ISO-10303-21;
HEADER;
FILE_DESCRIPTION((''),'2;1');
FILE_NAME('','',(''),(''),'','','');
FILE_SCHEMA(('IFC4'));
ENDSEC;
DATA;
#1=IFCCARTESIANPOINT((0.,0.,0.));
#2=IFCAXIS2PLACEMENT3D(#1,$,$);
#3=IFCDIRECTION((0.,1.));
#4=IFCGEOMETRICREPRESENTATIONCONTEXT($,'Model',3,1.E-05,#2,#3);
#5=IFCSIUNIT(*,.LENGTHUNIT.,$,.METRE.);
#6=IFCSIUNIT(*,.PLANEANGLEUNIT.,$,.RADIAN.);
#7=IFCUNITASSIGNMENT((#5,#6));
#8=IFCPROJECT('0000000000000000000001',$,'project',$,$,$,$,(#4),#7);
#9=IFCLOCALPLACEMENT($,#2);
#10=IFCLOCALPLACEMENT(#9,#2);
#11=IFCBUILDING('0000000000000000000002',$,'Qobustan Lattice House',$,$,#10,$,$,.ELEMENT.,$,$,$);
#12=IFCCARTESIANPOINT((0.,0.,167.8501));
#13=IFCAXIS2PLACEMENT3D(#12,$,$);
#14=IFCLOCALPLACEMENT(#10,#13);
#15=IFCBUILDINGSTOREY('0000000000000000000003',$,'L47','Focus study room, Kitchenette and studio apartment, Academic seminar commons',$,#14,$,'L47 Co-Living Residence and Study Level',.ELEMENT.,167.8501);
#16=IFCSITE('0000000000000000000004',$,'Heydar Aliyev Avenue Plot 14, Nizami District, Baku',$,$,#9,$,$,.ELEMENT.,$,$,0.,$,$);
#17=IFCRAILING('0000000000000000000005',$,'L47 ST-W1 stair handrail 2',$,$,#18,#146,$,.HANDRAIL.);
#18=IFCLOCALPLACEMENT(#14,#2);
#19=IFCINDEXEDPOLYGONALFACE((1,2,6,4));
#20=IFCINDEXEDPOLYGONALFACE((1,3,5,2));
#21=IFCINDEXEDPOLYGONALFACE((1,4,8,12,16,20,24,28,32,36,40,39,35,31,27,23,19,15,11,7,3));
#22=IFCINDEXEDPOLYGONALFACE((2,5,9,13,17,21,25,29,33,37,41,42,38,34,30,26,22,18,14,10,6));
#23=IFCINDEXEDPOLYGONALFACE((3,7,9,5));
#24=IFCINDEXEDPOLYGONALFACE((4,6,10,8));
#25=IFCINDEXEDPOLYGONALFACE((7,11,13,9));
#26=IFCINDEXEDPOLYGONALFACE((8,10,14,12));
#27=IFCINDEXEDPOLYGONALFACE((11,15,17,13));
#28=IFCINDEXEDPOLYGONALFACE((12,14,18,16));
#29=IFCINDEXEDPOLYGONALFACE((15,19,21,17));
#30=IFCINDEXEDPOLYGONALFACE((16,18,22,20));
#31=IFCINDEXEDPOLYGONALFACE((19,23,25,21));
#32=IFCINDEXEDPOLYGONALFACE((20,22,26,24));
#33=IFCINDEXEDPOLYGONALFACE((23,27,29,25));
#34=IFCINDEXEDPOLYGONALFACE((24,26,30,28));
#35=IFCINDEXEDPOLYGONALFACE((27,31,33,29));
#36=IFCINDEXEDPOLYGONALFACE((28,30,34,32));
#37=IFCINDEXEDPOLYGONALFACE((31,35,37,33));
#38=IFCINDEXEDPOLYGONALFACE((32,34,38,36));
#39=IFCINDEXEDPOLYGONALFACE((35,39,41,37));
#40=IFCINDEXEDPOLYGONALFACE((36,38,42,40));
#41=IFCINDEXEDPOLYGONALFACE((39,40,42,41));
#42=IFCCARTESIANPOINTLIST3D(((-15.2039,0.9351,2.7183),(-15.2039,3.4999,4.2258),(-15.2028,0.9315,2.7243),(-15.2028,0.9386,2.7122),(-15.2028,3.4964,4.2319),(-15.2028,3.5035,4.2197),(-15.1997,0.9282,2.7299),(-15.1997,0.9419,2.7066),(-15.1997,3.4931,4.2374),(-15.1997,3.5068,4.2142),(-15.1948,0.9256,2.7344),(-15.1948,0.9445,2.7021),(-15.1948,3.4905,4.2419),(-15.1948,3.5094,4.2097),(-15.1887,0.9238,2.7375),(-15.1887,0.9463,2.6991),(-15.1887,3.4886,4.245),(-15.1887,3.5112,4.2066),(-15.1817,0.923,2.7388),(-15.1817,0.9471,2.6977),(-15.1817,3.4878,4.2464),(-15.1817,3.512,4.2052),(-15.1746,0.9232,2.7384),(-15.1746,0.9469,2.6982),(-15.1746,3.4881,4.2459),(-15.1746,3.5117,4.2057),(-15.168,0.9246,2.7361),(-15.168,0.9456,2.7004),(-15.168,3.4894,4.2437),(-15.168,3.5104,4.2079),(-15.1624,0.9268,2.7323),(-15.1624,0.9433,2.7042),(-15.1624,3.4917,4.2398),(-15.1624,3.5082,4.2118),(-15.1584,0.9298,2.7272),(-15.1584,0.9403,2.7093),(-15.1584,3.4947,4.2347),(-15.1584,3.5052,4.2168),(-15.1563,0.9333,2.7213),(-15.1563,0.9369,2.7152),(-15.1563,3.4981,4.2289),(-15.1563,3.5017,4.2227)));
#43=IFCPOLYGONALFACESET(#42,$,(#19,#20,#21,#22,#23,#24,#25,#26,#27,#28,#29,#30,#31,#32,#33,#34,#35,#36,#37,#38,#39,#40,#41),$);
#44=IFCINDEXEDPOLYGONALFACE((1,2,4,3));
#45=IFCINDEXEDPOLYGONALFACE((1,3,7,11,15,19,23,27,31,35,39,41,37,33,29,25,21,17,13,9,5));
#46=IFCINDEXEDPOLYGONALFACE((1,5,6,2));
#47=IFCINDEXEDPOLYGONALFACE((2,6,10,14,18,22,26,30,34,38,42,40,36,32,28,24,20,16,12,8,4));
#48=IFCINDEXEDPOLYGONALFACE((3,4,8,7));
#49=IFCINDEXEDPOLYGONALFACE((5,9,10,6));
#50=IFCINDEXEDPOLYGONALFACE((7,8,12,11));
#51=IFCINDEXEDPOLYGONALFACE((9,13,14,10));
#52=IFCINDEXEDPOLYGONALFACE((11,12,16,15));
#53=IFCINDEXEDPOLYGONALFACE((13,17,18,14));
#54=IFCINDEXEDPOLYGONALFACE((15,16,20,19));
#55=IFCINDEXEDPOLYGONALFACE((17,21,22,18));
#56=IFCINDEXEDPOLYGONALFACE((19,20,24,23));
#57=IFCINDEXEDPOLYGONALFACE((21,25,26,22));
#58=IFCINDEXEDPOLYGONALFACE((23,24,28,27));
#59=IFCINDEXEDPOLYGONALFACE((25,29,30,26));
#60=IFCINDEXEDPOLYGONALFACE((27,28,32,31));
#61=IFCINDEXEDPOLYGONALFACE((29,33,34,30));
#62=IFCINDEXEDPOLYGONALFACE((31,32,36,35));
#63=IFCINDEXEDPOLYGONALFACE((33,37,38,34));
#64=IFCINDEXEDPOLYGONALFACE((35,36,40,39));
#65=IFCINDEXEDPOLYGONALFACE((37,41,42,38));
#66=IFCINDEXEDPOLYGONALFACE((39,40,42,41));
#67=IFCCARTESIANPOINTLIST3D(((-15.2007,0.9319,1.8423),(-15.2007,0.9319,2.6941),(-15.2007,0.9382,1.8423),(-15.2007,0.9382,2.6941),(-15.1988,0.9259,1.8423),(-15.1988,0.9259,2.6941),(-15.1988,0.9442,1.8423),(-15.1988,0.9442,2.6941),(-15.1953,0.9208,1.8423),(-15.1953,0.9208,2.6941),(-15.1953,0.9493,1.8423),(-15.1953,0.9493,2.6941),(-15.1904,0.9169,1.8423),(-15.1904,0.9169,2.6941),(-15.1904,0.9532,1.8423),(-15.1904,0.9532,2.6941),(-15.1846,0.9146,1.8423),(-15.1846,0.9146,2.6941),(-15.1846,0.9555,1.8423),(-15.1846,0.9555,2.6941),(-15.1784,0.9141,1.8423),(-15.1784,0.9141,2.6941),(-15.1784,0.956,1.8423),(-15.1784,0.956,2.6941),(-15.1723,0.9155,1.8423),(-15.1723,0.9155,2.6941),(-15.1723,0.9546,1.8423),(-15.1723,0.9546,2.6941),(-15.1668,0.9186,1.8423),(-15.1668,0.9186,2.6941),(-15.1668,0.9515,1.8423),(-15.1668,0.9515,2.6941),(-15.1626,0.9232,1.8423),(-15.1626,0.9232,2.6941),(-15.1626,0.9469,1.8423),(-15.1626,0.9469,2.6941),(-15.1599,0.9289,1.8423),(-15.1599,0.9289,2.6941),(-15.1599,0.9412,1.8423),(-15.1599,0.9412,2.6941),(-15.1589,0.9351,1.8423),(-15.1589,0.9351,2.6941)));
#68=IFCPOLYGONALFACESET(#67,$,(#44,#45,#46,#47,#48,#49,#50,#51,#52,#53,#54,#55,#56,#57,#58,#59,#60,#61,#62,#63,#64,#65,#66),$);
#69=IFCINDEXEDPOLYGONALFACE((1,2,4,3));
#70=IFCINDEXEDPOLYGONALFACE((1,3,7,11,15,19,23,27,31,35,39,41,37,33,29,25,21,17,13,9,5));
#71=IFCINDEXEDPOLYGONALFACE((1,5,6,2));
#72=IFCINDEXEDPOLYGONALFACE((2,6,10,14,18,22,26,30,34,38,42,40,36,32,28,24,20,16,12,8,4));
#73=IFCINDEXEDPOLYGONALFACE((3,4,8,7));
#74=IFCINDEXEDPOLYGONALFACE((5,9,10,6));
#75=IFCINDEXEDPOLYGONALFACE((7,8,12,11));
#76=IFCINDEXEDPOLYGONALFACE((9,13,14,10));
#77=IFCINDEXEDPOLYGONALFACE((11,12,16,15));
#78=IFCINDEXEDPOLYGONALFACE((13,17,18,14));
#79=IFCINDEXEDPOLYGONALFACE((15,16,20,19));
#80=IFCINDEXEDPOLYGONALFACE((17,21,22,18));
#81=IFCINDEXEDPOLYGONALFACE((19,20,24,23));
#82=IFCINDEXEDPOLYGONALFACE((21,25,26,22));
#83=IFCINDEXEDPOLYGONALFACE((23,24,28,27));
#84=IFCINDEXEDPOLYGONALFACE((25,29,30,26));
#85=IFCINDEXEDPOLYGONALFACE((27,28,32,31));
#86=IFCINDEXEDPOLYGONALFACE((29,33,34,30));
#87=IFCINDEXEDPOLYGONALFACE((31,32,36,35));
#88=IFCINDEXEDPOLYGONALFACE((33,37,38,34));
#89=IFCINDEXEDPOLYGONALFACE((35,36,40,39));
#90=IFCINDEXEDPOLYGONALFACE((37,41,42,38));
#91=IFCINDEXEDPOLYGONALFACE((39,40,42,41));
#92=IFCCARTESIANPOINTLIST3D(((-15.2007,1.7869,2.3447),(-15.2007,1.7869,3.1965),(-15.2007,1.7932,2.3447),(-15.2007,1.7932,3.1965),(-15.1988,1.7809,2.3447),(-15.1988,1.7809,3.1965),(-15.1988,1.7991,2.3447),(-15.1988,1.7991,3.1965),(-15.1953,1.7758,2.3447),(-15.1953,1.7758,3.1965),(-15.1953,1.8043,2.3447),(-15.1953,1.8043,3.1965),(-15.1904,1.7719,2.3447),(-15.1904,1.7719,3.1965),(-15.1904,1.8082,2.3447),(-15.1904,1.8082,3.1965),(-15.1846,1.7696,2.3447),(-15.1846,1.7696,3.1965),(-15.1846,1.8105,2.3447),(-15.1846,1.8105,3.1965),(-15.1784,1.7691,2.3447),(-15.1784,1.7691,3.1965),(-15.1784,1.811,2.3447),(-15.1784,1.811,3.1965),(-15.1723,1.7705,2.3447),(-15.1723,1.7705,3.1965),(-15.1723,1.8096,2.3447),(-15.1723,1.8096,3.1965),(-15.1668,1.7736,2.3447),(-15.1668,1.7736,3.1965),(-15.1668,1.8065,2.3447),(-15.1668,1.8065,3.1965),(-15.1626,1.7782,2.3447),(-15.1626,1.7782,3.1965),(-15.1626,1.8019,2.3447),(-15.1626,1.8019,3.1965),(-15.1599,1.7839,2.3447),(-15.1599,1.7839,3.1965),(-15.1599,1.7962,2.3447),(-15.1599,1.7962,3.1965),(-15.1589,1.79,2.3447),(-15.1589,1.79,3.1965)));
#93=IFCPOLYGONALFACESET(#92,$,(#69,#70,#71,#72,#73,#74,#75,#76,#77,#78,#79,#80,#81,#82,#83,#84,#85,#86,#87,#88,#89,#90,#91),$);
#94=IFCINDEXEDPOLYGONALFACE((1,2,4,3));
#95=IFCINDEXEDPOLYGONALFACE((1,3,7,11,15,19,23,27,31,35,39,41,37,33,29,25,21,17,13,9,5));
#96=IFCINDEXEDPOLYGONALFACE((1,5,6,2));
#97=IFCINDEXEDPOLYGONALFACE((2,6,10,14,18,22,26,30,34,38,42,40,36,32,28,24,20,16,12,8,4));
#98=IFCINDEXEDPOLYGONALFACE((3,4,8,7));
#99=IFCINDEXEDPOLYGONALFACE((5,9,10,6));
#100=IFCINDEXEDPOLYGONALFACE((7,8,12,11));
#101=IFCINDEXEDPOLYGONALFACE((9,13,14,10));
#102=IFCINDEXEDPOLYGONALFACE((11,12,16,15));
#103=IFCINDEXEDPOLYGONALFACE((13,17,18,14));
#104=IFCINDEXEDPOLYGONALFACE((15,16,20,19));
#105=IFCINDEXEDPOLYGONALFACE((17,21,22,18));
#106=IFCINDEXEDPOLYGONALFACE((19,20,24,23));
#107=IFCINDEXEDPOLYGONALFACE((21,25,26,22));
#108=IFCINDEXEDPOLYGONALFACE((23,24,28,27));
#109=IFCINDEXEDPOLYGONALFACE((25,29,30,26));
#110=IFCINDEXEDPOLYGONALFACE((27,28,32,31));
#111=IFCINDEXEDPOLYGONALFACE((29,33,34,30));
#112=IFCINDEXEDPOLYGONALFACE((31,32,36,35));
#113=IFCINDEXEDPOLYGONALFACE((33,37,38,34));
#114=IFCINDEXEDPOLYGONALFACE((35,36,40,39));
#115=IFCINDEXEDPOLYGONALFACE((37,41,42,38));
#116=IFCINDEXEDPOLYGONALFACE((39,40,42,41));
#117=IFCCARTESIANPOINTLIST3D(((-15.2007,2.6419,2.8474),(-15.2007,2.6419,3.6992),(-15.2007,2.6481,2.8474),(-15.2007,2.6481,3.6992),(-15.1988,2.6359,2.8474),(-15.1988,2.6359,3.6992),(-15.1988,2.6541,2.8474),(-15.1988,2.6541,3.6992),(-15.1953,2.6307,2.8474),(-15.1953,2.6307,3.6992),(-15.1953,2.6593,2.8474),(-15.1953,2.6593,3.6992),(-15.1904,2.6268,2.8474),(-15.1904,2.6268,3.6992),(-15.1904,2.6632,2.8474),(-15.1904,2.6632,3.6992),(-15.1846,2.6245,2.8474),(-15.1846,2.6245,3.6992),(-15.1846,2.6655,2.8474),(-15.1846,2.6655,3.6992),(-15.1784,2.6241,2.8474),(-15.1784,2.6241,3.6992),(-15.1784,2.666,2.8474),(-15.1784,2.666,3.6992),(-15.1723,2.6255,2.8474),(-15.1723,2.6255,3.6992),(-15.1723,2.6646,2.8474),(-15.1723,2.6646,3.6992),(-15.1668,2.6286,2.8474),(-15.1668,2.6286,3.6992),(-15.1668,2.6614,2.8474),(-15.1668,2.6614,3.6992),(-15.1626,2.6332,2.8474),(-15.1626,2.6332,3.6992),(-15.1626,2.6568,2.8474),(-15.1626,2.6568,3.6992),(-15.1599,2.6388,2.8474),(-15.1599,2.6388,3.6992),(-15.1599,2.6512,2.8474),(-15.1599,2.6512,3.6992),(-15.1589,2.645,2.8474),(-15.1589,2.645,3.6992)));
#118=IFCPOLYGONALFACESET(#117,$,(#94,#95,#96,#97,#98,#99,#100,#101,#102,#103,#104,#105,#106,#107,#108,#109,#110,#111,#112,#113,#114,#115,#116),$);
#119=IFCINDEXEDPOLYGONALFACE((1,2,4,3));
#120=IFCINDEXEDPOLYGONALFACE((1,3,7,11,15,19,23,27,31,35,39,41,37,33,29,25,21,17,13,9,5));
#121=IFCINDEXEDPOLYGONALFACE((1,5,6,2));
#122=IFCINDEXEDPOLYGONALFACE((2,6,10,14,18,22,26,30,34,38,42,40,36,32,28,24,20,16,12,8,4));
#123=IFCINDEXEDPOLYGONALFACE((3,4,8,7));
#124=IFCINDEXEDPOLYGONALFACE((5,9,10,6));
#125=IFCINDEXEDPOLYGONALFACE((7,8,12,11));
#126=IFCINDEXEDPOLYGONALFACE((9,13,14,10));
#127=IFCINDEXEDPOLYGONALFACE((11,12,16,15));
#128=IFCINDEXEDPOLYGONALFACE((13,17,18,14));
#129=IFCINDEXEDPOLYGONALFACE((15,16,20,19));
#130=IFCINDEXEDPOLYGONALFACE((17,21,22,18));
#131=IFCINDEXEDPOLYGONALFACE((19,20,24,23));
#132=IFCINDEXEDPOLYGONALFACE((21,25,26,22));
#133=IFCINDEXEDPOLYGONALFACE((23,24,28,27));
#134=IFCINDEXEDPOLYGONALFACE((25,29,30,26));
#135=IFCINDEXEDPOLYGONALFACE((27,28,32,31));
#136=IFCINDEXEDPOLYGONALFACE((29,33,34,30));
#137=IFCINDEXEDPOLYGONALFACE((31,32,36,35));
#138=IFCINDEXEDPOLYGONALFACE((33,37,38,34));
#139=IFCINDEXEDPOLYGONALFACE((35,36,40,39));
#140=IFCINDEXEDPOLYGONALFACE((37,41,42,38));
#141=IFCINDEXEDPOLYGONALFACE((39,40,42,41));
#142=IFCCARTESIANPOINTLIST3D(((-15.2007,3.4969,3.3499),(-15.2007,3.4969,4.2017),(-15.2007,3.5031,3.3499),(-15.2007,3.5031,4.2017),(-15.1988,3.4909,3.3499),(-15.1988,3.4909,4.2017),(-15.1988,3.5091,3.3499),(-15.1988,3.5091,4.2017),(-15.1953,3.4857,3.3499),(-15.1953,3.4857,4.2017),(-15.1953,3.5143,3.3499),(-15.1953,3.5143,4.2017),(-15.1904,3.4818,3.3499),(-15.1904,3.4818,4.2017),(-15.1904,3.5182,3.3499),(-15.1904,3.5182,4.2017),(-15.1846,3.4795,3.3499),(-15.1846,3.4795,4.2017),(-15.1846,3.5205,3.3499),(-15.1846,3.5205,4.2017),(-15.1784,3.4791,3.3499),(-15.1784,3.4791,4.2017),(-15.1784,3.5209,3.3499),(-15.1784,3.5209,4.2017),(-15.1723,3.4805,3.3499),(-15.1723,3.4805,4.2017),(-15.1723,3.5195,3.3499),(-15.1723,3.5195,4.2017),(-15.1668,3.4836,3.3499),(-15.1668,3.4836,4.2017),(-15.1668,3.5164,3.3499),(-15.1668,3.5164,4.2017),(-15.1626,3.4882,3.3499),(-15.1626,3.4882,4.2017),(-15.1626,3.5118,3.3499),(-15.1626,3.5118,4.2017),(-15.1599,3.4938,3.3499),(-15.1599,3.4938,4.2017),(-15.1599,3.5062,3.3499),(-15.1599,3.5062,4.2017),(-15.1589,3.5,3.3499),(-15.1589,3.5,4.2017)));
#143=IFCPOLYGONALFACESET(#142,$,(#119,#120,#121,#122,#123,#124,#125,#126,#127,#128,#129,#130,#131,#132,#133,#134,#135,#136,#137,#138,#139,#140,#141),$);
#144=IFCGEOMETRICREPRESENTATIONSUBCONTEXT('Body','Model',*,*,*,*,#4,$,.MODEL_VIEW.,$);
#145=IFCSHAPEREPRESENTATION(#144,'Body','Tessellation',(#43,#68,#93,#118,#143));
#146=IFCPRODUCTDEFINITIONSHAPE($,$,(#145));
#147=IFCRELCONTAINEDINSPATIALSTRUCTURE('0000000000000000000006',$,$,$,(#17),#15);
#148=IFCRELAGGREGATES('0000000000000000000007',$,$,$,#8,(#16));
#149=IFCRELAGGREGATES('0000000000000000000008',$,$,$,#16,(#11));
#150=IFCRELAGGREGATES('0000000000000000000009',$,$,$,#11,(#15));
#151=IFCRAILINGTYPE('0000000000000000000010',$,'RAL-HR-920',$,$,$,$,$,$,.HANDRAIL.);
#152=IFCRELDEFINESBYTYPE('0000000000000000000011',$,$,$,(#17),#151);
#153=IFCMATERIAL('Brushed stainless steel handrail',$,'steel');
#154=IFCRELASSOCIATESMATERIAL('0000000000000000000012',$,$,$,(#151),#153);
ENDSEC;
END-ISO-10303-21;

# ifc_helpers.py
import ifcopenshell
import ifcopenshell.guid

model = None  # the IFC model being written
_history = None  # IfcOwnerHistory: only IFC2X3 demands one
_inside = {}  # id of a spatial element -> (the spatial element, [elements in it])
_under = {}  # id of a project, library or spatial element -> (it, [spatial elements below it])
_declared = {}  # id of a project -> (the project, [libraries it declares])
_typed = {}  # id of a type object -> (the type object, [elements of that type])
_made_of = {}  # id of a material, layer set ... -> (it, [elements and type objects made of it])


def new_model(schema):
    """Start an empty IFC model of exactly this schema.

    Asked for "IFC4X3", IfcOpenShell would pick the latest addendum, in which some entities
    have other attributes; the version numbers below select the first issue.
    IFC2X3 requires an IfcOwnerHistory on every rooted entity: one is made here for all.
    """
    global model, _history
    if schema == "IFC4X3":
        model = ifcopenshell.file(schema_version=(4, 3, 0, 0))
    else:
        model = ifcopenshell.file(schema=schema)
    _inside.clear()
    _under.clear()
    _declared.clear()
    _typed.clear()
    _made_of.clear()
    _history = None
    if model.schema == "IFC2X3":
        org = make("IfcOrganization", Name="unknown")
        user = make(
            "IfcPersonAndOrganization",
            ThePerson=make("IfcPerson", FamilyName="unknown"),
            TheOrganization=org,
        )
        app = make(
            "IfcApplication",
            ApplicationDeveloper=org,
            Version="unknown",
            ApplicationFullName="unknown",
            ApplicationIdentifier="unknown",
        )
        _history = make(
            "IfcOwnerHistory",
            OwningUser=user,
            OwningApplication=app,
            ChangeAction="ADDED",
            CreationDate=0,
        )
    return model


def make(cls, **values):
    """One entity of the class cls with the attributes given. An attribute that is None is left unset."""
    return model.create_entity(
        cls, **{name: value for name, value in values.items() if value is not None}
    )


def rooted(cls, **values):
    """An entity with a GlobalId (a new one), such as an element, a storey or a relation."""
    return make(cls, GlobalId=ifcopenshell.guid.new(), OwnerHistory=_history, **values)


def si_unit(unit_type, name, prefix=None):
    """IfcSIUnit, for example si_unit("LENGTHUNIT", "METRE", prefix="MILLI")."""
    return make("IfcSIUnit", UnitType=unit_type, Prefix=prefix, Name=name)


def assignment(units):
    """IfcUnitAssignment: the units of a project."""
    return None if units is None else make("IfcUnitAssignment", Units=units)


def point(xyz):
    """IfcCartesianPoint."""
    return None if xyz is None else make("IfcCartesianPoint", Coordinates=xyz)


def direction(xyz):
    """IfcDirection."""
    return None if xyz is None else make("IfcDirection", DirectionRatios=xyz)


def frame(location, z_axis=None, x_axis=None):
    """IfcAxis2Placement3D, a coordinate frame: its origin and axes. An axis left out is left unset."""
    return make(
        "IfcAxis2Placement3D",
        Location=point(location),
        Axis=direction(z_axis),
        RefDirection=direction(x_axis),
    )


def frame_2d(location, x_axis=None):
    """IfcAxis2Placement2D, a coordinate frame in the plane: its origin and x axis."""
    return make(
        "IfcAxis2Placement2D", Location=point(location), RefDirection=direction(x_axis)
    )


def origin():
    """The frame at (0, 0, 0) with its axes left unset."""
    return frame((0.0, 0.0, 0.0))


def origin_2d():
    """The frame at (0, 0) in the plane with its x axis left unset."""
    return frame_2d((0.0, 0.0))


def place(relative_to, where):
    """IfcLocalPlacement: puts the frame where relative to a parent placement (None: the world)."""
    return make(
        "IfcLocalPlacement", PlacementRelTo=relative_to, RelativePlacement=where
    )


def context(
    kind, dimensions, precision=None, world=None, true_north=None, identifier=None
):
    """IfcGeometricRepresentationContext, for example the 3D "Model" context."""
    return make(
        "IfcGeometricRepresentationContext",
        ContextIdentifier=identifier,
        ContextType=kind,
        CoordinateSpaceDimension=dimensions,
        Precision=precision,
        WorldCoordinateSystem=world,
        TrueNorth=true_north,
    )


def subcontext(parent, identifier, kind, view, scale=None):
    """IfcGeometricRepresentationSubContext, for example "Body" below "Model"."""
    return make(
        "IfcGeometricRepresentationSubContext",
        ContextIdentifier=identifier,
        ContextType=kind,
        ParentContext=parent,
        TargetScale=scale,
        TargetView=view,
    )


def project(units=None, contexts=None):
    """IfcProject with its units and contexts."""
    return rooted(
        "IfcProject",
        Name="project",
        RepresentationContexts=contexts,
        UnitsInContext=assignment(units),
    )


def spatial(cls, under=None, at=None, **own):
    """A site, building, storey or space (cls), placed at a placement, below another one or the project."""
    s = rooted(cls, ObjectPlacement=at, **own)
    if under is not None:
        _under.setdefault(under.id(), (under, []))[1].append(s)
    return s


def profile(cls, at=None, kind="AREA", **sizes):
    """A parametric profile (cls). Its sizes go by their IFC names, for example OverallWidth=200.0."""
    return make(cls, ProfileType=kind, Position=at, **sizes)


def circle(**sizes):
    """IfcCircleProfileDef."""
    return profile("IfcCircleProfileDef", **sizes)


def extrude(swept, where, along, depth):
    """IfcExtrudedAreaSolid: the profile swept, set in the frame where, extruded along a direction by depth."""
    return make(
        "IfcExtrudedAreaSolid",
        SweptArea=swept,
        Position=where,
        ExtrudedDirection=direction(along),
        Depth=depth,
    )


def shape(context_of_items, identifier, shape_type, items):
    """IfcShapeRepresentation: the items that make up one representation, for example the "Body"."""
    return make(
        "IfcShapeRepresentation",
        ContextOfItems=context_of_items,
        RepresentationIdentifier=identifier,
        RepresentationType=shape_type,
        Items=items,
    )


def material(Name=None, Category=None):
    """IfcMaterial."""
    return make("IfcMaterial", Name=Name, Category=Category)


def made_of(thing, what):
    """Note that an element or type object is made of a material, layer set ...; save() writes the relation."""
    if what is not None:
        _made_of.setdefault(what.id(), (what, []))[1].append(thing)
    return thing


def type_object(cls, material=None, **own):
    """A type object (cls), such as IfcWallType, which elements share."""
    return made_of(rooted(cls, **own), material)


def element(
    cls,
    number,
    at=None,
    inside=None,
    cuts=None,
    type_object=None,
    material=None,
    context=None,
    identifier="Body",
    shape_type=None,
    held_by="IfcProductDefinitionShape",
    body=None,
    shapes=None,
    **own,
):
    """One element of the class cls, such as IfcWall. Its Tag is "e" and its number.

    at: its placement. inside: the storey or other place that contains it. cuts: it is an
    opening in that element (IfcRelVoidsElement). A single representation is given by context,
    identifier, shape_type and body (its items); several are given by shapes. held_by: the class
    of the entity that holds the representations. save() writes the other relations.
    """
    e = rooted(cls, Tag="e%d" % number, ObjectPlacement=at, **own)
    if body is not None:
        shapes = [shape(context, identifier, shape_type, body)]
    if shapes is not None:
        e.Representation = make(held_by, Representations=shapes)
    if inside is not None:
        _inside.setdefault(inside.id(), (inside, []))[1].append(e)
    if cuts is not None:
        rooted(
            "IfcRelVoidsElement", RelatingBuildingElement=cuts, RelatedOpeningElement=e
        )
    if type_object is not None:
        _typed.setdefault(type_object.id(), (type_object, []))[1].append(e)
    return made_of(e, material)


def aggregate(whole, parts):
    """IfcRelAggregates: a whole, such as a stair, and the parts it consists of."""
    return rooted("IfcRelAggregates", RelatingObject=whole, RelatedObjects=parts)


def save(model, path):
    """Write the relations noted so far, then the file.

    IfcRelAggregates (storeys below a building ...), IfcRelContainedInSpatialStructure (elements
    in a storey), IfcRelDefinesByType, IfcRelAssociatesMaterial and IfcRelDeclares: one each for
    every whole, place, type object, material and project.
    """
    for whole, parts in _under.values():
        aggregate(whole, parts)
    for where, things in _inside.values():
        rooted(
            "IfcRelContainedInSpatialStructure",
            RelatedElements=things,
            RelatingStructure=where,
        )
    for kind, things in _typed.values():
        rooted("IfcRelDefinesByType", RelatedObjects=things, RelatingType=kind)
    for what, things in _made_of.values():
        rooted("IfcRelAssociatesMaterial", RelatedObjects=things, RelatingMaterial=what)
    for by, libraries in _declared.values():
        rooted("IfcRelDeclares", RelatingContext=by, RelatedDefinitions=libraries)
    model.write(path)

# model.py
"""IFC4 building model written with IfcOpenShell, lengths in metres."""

from ifc_helpers import new_model, si_unit, direction, frame, origin, origin_2d, place, context, subcontext, project, spatial, circle, extrude, material, type_object, element, save


model = new_model("IFC4")

# Units and contexts
model_context = context("Model", 3, precision=1e-05, world=origin(), true_north=direction((0.0, 1.0)))
body_context = subcontext(model_context, "Body", "Model", "MODEL_VIEW")
ifc_project = project(units=[si_unit("LENGTHUNIT", "METRE"), si_unit("PLANEANGLEUNIT", "RADIAN")], contexts=[model_context])

# Site, building, storey
site_placement = place(None, origin())
site = spatial("IfcSite", under=ifc_project, at=site_placement, Name="Heydar Aliyev Avenue Plot 14, Nizami District, Baku", CompositionType="ELEMENT", RefElevation=0.0)
building_placement = place(site_placement, origin())
building = spatial("IfcBuilding", under=site, at=building_placement, Name="Qobustan Lattice House", CompositionType="ELEMENT")
storey_placement = place(building_placement, frame((0.0, 0.0, 167.8501)))
storey = spatial("IfcBuildingStorey", under=building, at=storey_placement, Name="L47", Description="Focus study room, Kitchenette and studio apartment, Academic seminar commons", LongName="L47 Co-Living Residence and Study Level", CompositionType="ELEMENT", Elevation=167.8501)

# Railing
ifc_material_1 = material(Name="Brushed stainless steel handrail", Category="steel")
railing_type_1 = type_object("IfcRailingType", Name="RAL-HR-920", PredefinedType="HANDRAIL", material=ifc_material_1)
railing_1_placement = place(storey_placement, frame((-15.1799, 0.9351, 1.8423)))
element("IfcRailing", 1, at=railing_1_placement, inside=storey, type_object=railing_type_1, Name="L47 ST-W1 stair handrail 2", PredefinedType="HANDRAIL", context=body_context, shape_type="SweptSolid", body=[
    extrude(circle(Radius=0.0239, at=origin_2d()), frame((0.0, 0.0, 0.876), z_axis=(0.0, 0.862113, 0.506715), x_axis=(-1.0, 0.0, 0.0)), (0.0, 0.0, 1.0), 2.9751),
    extrude(circle(Radius=0.021, at=origin_2d()), origin(), (0.0, 0.0, 1.0), 0.8518),
    extrude(circle(Radius=0.021, at=origin_2d()), frame((0.0, 0.855, 0.5024)), (0.0, 0.0, 1.0), 0.8518),
    extrude(circle(Radius=0.021, at=origin_2d()), frame((0.0, 1.71, 1.0051)), (0.0, 0.0, 1.0), 0.8518),
    extrude(circle(Radius=0.021, at=origin_2d()), frame((0.0, 2.5649, 1.5076)), (0.0, 0.0, 1.0), 0.8518),
])

save(model, "model.ifc")
